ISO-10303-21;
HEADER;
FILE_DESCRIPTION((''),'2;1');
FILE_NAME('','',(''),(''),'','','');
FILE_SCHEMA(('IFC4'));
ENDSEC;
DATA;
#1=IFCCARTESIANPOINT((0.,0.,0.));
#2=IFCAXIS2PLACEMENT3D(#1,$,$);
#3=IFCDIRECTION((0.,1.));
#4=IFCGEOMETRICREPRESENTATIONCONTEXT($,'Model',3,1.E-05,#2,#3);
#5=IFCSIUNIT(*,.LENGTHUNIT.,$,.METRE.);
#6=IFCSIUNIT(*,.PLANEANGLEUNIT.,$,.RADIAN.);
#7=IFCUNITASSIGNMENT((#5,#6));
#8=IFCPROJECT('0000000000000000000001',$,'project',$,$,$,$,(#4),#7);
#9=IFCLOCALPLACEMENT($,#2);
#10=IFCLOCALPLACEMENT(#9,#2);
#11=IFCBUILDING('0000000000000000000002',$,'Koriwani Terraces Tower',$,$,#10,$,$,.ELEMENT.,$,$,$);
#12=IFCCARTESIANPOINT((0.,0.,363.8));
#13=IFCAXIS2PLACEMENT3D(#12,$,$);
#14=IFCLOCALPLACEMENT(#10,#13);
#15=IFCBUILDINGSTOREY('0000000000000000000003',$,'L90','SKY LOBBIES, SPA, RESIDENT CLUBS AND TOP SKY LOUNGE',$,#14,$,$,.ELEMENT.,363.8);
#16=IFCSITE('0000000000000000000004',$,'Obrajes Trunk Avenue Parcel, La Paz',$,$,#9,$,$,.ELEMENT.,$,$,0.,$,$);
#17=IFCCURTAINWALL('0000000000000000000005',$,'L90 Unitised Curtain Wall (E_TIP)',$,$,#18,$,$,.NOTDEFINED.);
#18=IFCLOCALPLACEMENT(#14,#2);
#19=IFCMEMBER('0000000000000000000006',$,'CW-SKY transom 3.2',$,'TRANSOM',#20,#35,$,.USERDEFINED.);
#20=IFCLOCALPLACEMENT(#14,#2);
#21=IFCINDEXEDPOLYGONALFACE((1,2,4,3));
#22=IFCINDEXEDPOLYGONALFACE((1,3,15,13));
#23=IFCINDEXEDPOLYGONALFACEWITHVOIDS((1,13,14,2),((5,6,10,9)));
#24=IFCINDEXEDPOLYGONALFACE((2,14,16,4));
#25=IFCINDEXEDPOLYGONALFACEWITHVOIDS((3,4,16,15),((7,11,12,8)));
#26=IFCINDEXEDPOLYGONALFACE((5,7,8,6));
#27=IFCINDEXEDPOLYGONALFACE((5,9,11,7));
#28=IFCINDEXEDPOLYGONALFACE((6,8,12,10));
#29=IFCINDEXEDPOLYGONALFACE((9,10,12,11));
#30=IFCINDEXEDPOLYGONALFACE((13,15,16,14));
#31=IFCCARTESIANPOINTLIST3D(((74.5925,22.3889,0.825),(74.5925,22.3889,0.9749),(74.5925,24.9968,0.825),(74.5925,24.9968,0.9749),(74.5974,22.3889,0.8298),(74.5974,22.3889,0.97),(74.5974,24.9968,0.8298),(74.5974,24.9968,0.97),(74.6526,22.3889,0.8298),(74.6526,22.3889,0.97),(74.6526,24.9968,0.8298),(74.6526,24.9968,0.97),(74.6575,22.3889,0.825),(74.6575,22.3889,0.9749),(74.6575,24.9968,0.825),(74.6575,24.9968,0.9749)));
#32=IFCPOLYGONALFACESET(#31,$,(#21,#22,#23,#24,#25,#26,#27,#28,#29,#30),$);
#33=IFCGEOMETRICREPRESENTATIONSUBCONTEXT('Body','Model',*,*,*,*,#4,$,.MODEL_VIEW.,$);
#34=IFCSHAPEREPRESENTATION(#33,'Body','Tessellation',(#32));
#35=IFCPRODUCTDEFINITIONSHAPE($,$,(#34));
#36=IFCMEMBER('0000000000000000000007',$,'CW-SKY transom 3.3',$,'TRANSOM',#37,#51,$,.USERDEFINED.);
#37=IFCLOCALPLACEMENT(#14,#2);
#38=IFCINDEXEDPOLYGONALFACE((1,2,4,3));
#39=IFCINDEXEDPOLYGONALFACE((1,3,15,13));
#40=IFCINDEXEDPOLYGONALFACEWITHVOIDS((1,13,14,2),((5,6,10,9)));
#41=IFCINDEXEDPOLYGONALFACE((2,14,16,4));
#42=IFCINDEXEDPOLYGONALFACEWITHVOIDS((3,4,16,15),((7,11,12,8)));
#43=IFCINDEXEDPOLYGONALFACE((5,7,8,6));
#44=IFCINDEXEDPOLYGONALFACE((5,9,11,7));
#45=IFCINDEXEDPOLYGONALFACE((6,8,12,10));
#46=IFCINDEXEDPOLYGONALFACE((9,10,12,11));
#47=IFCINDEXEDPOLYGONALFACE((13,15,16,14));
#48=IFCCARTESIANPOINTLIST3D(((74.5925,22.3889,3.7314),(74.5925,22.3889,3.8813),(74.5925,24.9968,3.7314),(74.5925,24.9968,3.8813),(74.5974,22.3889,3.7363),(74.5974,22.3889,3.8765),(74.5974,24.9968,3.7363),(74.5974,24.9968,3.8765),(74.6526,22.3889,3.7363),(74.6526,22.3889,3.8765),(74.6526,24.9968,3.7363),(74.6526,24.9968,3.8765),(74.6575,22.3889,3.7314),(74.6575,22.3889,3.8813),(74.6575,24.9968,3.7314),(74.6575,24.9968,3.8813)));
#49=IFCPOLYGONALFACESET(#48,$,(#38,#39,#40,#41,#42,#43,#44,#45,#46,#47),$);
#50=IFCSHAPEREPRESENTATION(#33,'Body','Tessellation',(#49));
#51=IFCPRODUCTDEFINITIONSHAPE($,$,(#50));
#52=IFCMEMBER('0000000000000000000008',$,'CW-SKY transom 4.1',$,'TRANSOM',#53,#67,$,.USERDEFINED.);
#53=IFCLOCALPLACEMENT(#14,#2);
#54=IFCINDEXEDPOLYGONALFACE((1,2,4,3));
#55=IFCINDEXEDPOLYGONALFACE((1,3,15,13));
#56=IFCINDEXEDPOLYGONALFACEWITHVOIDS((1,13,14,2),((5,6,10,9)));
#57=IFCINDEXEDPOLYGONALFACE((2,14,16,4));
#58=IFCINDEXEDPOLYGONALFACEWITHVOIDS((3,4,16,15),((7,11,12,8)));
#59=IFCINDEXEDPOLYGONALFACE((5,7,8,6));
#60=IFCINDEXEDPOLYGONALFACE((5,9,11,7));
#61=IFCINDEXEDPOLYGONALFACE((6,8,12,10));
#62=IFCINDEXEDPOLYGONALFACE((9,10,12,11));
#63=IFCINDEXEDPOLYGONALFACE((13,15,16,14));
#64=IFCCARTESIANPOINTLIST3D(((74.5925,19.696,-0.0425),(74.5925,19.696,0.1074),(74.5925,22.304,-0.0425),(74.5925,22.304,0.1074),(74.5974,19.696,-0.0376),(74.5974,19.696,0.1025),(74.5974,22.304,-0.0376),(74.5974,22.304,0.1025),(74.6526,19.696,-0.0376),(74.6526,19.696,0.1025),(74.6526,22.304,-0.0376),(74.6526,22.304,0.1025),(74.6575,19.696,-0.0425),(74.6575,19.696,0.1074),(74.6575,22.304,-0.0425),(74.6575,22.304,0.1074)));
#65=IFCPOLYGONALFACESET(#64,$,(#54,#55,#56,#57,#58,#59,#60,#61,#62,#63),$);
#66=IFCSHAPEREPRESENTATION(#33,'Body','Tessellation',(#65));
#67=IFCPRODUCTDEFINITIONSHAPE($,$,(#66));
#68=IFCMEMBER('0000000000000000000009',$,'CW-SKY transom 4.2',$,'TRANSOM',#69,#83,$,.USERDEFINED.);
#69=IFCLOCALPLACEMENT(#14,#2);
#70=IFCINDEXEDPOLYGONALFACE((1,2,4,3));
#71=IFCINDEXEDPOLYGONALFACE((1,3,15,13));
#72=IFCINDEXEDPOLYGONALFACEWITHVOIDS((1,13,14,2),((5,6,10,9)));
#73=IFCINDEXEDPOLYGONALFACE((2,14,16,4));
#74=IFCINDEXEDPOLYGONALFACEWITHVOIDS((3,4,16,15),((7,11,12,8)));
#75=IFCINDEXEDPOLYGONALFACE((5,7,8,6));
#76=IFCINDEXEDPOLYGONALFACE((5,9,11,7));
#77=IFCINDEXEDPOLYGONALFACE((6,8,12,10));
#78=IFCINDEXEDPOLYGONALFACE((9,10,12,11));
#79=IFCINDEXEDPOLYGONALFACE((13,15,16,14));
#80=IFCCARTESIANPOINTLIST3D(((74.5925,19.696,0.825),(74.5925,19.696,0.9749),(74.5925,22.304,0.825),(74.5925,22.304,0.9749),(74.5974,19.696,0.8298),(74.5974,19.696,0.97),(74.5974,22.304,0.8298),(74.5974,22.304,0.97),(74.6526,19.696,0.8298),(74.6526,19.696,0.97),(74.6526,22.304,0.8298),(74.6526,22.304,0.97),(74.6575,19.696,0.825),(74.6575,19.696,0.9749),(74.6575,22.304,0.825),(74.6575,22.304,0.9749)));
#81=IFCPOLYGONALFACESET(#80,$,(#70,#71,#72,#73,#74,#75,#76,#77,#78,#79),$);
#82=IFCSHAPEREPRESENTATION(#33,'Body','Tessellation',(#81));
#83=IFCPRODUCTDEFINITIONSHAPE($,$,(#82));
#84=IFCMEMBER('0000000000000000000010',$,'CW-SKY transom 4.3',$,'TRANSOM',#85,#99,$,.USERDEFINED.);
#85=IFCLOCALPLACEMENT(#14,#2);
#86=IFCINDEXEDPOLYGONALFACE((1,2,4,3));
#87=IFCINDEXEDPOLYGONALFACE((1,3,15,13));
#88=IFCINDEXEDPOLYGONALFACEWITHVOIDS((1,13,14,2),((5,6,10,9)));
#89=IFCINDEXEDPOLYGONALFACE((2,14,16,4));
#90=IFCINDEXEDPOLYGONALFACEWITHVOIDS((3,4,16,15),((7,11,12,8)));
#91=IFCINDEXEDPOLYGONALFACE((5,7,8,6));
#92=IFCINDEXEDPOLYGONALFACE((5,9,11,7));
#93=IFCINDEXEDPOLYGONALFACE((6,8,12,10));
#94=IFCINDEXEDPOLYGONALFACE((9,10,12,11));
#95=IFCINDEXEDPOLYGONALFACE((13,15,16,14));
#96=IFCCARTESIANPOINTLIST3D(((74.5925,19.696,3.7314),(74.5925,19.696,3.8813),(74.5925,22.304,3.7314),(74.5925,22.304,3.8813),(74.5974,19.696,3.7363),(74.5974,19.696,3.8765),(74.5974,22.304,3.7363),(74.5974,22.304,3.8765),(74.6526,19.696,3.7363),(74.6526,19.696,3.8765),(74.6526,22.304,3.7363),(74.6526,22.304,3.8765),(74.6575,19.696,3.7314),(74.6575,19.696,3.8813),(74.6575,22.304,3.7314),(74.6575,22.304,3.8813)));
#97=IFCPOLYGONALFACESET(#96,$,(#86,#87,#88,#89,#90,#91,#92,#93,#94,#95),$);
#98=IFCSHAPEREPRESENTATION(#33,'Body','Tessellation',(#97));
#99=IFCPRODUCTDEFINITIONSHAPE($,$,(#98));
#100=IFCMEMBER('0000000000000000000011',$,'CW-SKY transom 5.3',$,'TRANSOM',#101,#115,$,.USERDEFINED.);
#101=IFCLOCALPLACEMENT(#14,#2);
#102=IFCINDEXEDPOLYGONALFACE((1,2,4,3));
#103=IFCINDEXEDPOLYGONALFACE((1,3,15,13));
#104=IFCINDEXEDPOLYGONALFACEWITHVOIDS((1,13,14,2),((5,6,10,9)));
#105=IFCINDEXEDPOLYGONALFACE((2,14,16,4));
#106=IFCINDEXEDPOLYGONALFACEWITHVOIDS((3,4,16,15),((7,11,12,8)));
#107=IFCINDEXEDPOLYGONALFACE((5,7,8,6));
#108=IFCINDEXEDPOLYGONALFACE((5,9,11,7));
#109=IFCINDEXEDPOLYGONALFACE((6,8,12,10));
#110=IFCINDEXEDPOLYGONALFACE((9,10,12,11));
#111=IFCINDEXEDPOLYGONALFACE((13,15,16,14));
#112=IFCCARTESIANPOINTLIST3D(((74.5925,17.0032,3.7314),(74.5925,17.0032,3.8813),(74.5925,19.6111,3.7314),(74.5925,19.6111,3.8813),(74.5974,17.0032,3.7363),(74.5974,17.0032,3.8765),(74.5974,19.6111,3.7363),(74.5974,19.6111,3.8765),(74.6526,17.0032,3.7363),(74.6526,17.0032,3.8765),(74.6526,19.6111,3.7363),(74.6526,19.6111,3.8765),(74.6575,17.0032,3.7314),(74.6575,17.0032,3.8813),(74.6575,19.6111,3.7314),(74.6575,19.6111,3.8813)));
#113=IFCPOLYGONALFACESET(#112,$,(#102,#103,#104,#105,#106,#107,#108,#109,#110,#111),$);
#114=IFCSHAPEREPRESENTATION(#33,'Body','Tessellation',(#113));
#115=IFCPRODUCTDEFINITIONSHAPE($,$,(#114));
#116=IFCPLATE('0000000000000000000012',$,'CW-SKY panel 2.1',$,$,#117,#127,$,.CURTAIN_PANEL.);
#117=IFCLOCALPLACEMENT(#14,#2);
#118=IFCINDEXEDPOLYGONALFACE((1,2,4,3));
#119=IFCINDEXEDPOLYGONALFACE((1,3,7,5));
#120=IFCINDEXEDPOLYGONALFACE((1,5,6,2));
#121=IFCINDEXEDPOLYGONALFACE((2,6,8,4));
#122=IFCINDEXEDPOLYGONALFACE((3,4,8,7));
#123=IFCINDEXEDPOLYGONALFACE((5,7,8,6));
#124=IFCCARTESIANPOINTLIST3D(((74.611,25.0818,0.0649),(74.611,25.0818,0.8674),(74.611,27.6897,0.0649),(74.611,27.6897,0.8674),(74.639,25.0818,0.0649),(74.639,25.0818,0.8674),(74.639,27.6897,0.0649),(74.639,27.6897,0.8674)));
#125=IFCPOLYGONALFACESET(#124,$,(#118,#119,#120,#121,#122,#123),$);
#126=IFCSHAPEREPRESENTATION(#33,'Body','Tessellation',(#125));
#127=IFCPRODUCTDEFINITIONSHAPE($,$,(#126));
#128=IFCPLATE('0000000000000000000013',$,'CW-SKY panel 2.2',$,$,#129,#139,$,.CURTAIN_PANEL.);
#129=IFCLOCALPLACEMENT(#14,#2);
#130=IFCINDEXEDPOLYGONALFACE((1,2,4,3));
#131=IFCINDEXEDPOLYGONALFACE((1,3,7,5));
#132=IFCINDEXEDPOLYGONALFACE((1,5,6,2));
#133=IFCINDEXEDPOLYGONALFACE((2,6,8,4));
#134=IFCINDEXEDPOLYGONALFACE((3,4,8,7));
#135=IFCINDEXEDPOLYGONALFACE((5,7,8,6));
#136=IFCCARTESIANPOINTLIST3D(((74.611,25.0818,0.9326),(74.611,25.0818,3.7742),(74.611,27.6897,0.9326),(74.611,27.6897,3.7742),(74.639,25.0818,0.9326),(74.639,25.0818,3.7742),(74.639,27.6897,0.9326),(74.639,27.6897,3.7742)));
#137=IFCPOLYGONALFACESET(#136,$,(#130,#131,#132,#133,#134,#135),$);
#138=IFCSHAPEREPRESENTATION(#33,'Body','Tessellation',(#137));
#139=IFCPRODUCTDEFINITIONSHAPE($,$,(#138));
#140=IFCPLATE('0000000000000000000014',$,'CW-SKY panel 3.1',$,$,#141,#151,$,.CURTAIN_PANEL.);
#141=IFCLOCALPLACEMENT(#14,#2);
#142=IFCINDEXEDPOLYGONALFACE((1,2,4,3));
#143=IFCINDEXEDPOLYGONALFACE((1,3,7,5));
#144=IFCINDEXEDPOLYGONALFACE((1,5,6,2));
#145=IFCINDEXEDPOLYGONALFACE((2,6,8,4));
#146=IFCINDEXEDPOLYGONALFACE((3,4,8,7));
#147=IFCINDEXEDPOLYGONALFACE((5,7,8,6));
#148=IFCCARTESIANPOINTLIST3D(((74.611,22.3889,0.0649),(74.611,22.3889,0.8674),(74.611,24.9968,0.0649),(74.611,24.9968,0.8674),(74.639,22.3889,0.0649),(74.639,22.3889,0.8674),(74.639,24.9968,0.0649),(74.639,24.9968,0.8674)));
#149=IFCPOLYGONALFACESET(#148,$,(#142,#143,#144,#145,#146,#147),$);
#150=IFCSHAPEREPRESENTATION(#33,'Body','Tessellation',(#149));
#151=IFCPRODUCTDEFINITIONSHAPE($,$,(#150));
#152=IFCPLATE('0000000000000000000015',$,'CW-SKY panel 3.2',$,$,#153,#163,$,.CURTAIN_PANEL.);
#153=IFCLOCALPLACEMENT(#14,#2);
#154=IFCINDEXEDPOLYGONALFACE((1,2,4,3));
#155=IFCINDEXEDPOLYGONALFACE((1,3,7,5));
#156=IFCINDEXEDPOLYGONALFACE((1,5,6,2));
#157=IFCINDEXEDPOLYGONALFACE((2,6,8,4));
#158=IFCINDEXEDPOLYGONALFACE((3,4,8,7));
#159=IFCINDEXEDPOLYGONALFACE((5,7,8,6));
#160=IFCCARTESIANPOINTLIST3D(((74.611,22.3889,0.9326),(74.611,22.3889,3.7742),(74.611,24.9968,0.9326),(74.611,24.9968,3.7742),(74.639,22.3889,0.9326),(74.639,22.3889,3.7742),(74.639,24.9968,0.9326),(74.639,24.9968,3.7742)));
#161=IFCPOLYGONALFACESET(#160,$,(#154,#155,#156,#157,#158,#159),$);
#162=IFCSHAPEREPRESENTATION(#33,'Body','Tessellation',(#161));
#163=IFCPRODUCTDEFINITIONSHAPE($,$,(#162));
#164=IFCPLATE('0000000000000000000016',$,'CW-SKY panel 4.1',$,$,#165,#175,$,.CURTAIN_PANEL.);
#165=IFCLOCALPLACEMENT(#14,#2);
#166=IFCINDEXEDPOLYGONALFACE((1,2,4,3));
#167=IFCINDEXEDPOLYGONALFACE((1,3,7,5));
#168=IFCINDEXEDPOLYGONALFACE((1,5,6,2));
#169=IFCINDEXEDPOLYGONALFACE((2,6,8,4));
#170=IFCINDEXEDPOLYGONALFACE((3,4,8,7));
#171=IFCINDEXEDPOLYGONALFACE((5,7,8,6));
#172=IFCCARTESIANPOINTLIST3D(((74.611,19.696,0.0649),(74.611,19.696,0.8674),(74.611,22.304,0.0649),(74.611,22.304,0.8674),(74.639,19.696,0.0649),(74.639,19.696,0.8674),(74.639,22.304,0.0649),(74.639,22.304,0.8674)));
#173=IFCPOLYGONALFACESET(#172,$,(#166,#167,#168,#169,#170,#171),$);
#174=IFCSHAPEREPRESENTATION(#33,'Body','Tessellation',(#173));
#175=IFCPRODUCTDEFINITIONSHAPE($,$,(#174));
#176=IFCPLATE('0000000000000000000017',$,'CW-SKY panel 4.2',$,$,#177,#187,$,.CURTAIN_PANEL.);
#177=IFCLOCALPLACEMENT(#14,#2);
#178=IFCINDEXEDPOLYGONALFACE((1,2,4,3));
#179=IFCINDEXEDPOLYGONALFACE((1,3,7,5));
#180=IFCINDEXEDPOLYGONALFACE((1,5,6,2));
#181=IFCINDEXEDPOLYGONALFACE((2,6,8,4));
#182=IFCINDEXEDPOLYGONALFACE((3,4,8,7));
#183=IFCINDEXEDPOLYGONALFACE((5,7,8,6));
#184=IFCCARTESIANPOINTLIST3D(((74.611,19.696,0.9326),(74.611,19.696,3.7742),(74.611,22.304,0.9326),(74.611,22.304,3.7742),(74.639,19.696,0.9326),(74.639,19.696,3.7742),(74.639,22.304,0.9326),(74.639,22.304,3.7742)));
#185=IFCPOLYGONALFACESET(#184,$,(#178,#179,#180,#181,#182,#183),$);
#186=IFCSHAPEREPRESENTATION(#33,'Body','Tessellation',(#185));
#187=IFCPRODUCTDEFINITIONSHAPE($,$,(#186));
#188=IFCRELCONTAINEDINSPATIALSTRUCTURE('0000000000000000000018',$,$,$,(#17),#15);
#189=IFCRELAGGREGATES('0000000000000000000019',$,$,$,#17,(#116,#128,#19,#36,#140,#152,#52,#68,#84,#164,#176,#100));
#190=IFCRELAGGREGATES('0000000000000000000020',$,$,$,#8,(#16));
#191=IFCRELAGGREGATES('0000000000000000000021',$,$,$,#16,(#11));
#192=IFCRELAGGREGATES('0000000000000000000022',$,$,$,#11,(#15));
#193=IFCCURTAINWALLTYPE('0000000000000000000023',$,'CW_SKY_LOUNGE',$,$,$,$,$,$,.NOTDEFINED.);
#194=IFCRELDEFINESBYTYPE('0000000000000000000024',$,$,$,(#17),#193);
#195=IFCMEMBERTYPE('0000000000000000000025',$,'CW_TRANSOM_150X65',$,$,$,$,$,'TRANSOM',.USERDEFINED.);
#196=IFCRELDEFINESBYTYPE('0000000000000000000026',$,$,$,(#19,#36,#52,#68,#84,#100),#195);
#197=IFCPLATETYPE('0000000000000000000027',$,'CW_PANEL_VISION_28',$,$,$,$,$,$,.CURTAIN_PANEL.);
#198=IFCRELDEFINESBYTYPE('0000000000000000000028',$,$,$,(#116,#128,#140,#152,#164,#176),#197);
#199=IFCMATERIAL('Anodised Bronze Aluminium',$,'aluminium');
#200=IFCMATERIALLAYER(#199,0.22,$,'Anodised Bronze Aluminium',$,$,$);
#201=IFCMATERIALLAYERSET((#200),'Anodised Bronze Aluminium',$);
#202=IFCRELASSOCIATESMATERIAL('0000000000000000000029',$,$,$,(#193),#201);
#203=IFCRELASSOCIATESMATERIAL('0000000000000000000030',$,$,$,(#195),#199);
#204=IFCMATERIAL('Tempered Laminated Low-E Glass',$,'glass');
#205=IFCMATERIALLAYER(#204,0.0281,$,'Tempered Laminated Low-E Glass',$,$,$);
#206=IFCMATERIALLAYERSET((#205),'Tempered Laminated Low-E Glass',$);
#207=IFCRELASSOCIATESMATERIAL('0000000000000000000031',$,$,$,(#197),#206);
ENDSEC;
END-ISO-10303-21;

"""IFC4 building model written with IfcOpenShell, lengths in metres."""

from ifc_helpers import new_model, si_unit, direction, frame, origin, origin_2d, place, context, subcontext, project, spatial, rectangle, hollow_rectangle, extrude, material, layer, layer_set, material_profile, profile_set, type_object, element, aggregate, save


model = new_model("IFC4")

# Units and contexts
model_context = context("Model", 3, precision=1e-05, world=origin(), true_north=direction((0.0, 1.0)))
body_context = subcontext(model_context, "Body", "Model", "MODEL_VIEW")
ifc_project = project(units=[si_unit("LENGTHUNIT", "METRE"), si_unit("PLANEANGLEUNIT", "RADIAN")], contexts=[model_context])

# Site, building, storey
site_placement = place(None, origin())
site = spatial("IfcSite", under=ifc_project, at=site_placement, Name="Obrajes Trunk Avenue Parcel, La Paz", CompositionType="ELEMENT", RefElevation=0.0)
building_placement = place(site_placement, origin())
building = spatial("IfcBuilding", under=site, at=building_placement, Name="Koriwani Terraces Tower", CompositionType="ELEMENT")
storey_placement = place(building_placement, frame((0.0, 0.0, 363.8)))
storey = spatial("IfcBuildingStorey", under=building, at=storey_placement, Name="L90", Description="SKY LOBBIES, SPA, RESIDENT CLUBS AND TOP SKY LOUNGE", CompositionType="ELEMENT", Elevation=363.8)

# Curtain wall, members, plates
ifc_material_1 = material(Name="Anodised Bronze Aluminium", Category="aluminium")
ifc_layer_1 = layer(ifc_material_1, 0.22, Name="Anodised Bronze Aluminium")
ifc_layer_set_1 = layer_set([ifc_layer_1], Name="Anodised Bronze Aluminium")
curtain_wall_type = type_object("IfcCurtainWallType", Name="CW_SKY_LOUNGE", PredefinedType="NOTDEFINED", material=ifc_layer_set_1)
curtain_wall_placement = place(storey_placement, origin())
curtain_wall = element("IfcCurtainWall", 1, at=curtain_wall_placement, inside=storey, type_object=curtain_wall_type, Name="L90 Unitised Curtain Wall (E_TIP)", PredefinedType="NOTDEFINED")
ifc_material_profile_1 = material_profile(ifc_material_1, hollow_rectangle(XDim=0.0649, YDim=0.1499, WallThickness=0.0049, at=origin_2d()), Name="Anodised Bronze Aluminium", Category="LoadBearing")
ifc_profile_set_1 = profile_set([ifc_material_profile_1], Name="Anodised Bronze Aluminium")
member_type_1 = type_object("IfcMemberType", Name="CW_TRANSOM_150X65", ElementType="TRANSOM", PredefinedType="USERDEFINED", material=ifc_profile_set_1)
member_1_placement = place(storey_placement, frame((74.625, 24.9968, 0.8999), z_axis=(0.0, -1.0, 0.0), x_axis=(1.0, 0.0, 0.0)))
member_1 = element("IfcMember", 2, at=member_1_placement, type_object=member_type_1, Name="CW-SKY transom 3.2", ObjectType="TRANSOM", PredefinedType="USERDEFINED", context=body_context, shape_type="SweptSolid", body=[
    extrude(hollow_rectangle(XDim=0.0649, YDim=0.1499, WallThickness=0.0049, at=origin_2d()), origin(), (0.0, 0.0, 1.0), 2.6079),
])
member_2_placement = place(storey_placement, frame((74.625, 24.9968, 3.8064), z_axis=(0.0, -1.0, 0.0), x_axis=(1.0, 0.0, 0.0)))
member_2 = element("IfcMember", 3, at=member_2_placement, type_object=member_type_1, Name="CW-SKY transom 3.3", ObjectType="TRANSOM", PredefinedType="USERDEFINED", context=body_context, shape_type="SweptSolid", body=[
    extrude(hollow_rectangle(XDim=0.0649, YDim=0.1499, WallThickness=0.0049, at=origin_2d()), origin(), (0.0, 0.0, 1.0), 2.6079),
])
member_3_placement = place(storey_placement, frame((74.625, 22.304, 0.0325), z_axis=(0.0, -1.0, 0.0), x_axis=(1.0, 0.0, 0.0)))
member_3 = element("IfcMember", 4, at=member_3_placement, type_object=member_type_1, Name="CW-SKY transom 4.1", ObjectType="TRANSOM", PredefinedType="USERDEFINED", context=body_context, shape_type="SweptSolid", body=[
    extrude(hollow_rectangle(XDim=0.0649, YDim=0.1499, WallThickness=0.0049, at=origin_2d()), origin(), (0.0, 0.0, 1.0), 2.6079),
])
member_4_placement = place(storey_placement, frame((74.625, 22.304, 0.8999), z_axis=(0.0, -1.0, 0.0), x_axis=(1.0, 0.0, 0.0)))
member_4 = element("IfcMember", 5, at=member_4_placement, type_object=member_type_1, Name="CW-SKY transom 4.2", ObjectType="TRANSOM", PredefinedType="USERDEFINED", context=body_context, shape_type="SweptSolid", body=[
    extrude(hollow_rectangle(XDim=0.0649, YDim=0.1499, WallThickness=0.0049, at=origin_2d()), origin(), (0.0, 0.0, 1.0), 2.6079),
])
member_5_placement = place(storey_placement, frame((74.625, 22.304, 3.8064), z_axis=(0.0, -1.0, 0.0), x_axis=(1.0, 0.0, 0.0)))
member_5 = element("IfcMember", 6, at=member_5_placement, type_object=member_type_1, Name="CW-SKY transom 4.3", ObjectType="TRANSOM", PredefinedType="USERDEFINED", context=body_context, shape_type="SweptSolid", body=[
    extrude(hollow_rectangle(XDim=0.0649, YDim=0.1499, WallThickness=0.0049, at=origin_2d()), origin(), (0.0, 0.0, 1.0), 2.6079),
])
member_6_placement = place(storey_placement, frame((74.625, 19.6111, 3.8064), z_axis=(0.0, -1.0, 0.0), x_axis=(1.0, 0.0, 0.0)))
member_6 = element("IfcMember", 7, at=member_6_placement, type_object=member_type_1, Name="CW-SKY transom 5.3", ObjectType="TRANSOM", PredefinedType="USERDEFINED", context=body_context, shape_type="SweptSolid", body=[
    extrude(hollow_rectangle(XDim=0.0649, YDim=0.1499, WallThickness=0.0049, at=origin_2d()), origin(), (0.0, 0.0, 1.0), 2.6079),
])
ifc_material_2 = material(Name="Tempered Laminated Low-E Glass", Category="glass")
ifc_layer_2 = layer(ifc_material_2, 0.0281, Name="Tempered Laminated Low-E Glass")
ifc_layer_set_2 = layer_set([ifc_layer_2], Name="Tempered Laminated Low-E Glass")
plate_type_1 = type_object("IfcPlateType", Name="CW_PANEL_VISION_28", PredefinedType="CURTAIN_PANEL", material=ifc_layer_set_2)
plate_1_placement = place(storey_placement, frame((74.625, 26.3857, 0.0649), z_axis=(0.0, 0.0, 1.0), x_axis=(0.0, -1.0, 0.0)))
plate_1 = element("IfcPlate", 8, at=plate_1_placement, type_object=plate_type_1, Name="CW-SKY panel 2.1", PredefinedType="CURTAIN_PANEL", context=body_context, shape_type="SweptSolid", body=[
    extrude(rectangle(XDim=2.6079, YDim=0.0281, at=origin_2d()), origin(), (0.0, 0.0, 1.0), 0.8025),
])
plate_2_placement = place(storey_placement, frame((74.625, 26.3857, 0.9326), z_axis=(0.0, 0.0, 1.0), x_axis=(0.0, -1.0, 0.0)))
plate_2 = element("IfcPlate", 9, at=plate_2_placement, type_object=plate_type_1, Name="CW-SKY panel 2.2", PredefinedType="CURTAIN_PANEL", context=body_context, shape_type="SweptSolid", body=[
    extrude(rectangle(XDim=2.6079, YDim=0.0281, at=origin_2d()), origin(), (0.0, 0.0, 1.0), 2.8416),
])
plate_3_placement = place(storey_placement, frame((74.625, 23.6929, 0.0649), z_axis=(0.0, 0.0, 1.0), x_axis=(0.0, -1.0, 0.0)))
plate_3 = element("IfcPlate", 10, at=plate_3_placement, type_object=plate_type_1, Name="CW-SKY panel 3.1", PredefinedType="CURTAIN_PANEL", context=body_context, shape_type="SweptSolid", body=[
    extrude(rectangle(XDim=2.6079, YDim=0.0281, at=origin_2d()), origin(), (0.0, 0.0, 1.0), 0.8025),
])
plate_4_placement = place(storey_placement, frame((74.625, 23.6929, 0.9326), z_axis=(0.0, 0.0, 1.0), x_axis=(0.0, -1.0, 0.0)))
plate_4 = element("IfcPlate", 11, at=plate_4_placement, type_object=plate_type_1, Name="CW-SKY panel 3.2", PredefinedType="CURTAIN_PANEL", context=body_context, shape_type="SweptSolid", body=[
    extrude(rectangle(XDim=2.6079, YDim=0.0281, at=origin_2d()), origin(), (0.0, 0.0, 1.0), 2.8416),
])
plate_5_placement = place(storey_placement, frame((74.625, 21.0, 0.0649), z_axis=(0.0, 0.0, 1.0), x_axis=(0.0, -1.0, 0.0)))
plate_5 = element("IfcPlate", 12, at=plate_5_placement, type_object=plate_type_1, Name="CW-SKY panel 4.1", PredefinedType="CURTAIN_PANEL", context=body_context, shape_type="SweptSolid", body=[
    extrude(rectangle(XDim=2.6079, YDim=0.0281, at=origin_2d()), origin(), (0.0, 0.0, 1.0), 0.8025),
])
plate_6_placement = place(storey_placement, frame((74.625, 21.0, 0.9326), z_axis=(0.0, 0.0, 1.0), x_axis=(0.0, -1.0, 0.0)))
plate_6 = element("IfcPlate", 13, at=plate_6_placement, type_object=plate_type_1, Name="CW-SKY panel 4.2", PredefinedType="CURTAIN_PANEL", context=body_context, shape_type="SweptSolid", body=[
    extrude(rectangle(XDim=2.6079, YDim=0.0281, at=origin_2d()), origin(), (0.0, 0.0, 1.0), 2.8416),
])
aggregate(curtain_wall, [plate_1, plate_2, member_1, member_2, plate_3, plate_4, member_3, member_4, member_5, plate_5, plate_6, member_6])

save(model, "model.ifc")
